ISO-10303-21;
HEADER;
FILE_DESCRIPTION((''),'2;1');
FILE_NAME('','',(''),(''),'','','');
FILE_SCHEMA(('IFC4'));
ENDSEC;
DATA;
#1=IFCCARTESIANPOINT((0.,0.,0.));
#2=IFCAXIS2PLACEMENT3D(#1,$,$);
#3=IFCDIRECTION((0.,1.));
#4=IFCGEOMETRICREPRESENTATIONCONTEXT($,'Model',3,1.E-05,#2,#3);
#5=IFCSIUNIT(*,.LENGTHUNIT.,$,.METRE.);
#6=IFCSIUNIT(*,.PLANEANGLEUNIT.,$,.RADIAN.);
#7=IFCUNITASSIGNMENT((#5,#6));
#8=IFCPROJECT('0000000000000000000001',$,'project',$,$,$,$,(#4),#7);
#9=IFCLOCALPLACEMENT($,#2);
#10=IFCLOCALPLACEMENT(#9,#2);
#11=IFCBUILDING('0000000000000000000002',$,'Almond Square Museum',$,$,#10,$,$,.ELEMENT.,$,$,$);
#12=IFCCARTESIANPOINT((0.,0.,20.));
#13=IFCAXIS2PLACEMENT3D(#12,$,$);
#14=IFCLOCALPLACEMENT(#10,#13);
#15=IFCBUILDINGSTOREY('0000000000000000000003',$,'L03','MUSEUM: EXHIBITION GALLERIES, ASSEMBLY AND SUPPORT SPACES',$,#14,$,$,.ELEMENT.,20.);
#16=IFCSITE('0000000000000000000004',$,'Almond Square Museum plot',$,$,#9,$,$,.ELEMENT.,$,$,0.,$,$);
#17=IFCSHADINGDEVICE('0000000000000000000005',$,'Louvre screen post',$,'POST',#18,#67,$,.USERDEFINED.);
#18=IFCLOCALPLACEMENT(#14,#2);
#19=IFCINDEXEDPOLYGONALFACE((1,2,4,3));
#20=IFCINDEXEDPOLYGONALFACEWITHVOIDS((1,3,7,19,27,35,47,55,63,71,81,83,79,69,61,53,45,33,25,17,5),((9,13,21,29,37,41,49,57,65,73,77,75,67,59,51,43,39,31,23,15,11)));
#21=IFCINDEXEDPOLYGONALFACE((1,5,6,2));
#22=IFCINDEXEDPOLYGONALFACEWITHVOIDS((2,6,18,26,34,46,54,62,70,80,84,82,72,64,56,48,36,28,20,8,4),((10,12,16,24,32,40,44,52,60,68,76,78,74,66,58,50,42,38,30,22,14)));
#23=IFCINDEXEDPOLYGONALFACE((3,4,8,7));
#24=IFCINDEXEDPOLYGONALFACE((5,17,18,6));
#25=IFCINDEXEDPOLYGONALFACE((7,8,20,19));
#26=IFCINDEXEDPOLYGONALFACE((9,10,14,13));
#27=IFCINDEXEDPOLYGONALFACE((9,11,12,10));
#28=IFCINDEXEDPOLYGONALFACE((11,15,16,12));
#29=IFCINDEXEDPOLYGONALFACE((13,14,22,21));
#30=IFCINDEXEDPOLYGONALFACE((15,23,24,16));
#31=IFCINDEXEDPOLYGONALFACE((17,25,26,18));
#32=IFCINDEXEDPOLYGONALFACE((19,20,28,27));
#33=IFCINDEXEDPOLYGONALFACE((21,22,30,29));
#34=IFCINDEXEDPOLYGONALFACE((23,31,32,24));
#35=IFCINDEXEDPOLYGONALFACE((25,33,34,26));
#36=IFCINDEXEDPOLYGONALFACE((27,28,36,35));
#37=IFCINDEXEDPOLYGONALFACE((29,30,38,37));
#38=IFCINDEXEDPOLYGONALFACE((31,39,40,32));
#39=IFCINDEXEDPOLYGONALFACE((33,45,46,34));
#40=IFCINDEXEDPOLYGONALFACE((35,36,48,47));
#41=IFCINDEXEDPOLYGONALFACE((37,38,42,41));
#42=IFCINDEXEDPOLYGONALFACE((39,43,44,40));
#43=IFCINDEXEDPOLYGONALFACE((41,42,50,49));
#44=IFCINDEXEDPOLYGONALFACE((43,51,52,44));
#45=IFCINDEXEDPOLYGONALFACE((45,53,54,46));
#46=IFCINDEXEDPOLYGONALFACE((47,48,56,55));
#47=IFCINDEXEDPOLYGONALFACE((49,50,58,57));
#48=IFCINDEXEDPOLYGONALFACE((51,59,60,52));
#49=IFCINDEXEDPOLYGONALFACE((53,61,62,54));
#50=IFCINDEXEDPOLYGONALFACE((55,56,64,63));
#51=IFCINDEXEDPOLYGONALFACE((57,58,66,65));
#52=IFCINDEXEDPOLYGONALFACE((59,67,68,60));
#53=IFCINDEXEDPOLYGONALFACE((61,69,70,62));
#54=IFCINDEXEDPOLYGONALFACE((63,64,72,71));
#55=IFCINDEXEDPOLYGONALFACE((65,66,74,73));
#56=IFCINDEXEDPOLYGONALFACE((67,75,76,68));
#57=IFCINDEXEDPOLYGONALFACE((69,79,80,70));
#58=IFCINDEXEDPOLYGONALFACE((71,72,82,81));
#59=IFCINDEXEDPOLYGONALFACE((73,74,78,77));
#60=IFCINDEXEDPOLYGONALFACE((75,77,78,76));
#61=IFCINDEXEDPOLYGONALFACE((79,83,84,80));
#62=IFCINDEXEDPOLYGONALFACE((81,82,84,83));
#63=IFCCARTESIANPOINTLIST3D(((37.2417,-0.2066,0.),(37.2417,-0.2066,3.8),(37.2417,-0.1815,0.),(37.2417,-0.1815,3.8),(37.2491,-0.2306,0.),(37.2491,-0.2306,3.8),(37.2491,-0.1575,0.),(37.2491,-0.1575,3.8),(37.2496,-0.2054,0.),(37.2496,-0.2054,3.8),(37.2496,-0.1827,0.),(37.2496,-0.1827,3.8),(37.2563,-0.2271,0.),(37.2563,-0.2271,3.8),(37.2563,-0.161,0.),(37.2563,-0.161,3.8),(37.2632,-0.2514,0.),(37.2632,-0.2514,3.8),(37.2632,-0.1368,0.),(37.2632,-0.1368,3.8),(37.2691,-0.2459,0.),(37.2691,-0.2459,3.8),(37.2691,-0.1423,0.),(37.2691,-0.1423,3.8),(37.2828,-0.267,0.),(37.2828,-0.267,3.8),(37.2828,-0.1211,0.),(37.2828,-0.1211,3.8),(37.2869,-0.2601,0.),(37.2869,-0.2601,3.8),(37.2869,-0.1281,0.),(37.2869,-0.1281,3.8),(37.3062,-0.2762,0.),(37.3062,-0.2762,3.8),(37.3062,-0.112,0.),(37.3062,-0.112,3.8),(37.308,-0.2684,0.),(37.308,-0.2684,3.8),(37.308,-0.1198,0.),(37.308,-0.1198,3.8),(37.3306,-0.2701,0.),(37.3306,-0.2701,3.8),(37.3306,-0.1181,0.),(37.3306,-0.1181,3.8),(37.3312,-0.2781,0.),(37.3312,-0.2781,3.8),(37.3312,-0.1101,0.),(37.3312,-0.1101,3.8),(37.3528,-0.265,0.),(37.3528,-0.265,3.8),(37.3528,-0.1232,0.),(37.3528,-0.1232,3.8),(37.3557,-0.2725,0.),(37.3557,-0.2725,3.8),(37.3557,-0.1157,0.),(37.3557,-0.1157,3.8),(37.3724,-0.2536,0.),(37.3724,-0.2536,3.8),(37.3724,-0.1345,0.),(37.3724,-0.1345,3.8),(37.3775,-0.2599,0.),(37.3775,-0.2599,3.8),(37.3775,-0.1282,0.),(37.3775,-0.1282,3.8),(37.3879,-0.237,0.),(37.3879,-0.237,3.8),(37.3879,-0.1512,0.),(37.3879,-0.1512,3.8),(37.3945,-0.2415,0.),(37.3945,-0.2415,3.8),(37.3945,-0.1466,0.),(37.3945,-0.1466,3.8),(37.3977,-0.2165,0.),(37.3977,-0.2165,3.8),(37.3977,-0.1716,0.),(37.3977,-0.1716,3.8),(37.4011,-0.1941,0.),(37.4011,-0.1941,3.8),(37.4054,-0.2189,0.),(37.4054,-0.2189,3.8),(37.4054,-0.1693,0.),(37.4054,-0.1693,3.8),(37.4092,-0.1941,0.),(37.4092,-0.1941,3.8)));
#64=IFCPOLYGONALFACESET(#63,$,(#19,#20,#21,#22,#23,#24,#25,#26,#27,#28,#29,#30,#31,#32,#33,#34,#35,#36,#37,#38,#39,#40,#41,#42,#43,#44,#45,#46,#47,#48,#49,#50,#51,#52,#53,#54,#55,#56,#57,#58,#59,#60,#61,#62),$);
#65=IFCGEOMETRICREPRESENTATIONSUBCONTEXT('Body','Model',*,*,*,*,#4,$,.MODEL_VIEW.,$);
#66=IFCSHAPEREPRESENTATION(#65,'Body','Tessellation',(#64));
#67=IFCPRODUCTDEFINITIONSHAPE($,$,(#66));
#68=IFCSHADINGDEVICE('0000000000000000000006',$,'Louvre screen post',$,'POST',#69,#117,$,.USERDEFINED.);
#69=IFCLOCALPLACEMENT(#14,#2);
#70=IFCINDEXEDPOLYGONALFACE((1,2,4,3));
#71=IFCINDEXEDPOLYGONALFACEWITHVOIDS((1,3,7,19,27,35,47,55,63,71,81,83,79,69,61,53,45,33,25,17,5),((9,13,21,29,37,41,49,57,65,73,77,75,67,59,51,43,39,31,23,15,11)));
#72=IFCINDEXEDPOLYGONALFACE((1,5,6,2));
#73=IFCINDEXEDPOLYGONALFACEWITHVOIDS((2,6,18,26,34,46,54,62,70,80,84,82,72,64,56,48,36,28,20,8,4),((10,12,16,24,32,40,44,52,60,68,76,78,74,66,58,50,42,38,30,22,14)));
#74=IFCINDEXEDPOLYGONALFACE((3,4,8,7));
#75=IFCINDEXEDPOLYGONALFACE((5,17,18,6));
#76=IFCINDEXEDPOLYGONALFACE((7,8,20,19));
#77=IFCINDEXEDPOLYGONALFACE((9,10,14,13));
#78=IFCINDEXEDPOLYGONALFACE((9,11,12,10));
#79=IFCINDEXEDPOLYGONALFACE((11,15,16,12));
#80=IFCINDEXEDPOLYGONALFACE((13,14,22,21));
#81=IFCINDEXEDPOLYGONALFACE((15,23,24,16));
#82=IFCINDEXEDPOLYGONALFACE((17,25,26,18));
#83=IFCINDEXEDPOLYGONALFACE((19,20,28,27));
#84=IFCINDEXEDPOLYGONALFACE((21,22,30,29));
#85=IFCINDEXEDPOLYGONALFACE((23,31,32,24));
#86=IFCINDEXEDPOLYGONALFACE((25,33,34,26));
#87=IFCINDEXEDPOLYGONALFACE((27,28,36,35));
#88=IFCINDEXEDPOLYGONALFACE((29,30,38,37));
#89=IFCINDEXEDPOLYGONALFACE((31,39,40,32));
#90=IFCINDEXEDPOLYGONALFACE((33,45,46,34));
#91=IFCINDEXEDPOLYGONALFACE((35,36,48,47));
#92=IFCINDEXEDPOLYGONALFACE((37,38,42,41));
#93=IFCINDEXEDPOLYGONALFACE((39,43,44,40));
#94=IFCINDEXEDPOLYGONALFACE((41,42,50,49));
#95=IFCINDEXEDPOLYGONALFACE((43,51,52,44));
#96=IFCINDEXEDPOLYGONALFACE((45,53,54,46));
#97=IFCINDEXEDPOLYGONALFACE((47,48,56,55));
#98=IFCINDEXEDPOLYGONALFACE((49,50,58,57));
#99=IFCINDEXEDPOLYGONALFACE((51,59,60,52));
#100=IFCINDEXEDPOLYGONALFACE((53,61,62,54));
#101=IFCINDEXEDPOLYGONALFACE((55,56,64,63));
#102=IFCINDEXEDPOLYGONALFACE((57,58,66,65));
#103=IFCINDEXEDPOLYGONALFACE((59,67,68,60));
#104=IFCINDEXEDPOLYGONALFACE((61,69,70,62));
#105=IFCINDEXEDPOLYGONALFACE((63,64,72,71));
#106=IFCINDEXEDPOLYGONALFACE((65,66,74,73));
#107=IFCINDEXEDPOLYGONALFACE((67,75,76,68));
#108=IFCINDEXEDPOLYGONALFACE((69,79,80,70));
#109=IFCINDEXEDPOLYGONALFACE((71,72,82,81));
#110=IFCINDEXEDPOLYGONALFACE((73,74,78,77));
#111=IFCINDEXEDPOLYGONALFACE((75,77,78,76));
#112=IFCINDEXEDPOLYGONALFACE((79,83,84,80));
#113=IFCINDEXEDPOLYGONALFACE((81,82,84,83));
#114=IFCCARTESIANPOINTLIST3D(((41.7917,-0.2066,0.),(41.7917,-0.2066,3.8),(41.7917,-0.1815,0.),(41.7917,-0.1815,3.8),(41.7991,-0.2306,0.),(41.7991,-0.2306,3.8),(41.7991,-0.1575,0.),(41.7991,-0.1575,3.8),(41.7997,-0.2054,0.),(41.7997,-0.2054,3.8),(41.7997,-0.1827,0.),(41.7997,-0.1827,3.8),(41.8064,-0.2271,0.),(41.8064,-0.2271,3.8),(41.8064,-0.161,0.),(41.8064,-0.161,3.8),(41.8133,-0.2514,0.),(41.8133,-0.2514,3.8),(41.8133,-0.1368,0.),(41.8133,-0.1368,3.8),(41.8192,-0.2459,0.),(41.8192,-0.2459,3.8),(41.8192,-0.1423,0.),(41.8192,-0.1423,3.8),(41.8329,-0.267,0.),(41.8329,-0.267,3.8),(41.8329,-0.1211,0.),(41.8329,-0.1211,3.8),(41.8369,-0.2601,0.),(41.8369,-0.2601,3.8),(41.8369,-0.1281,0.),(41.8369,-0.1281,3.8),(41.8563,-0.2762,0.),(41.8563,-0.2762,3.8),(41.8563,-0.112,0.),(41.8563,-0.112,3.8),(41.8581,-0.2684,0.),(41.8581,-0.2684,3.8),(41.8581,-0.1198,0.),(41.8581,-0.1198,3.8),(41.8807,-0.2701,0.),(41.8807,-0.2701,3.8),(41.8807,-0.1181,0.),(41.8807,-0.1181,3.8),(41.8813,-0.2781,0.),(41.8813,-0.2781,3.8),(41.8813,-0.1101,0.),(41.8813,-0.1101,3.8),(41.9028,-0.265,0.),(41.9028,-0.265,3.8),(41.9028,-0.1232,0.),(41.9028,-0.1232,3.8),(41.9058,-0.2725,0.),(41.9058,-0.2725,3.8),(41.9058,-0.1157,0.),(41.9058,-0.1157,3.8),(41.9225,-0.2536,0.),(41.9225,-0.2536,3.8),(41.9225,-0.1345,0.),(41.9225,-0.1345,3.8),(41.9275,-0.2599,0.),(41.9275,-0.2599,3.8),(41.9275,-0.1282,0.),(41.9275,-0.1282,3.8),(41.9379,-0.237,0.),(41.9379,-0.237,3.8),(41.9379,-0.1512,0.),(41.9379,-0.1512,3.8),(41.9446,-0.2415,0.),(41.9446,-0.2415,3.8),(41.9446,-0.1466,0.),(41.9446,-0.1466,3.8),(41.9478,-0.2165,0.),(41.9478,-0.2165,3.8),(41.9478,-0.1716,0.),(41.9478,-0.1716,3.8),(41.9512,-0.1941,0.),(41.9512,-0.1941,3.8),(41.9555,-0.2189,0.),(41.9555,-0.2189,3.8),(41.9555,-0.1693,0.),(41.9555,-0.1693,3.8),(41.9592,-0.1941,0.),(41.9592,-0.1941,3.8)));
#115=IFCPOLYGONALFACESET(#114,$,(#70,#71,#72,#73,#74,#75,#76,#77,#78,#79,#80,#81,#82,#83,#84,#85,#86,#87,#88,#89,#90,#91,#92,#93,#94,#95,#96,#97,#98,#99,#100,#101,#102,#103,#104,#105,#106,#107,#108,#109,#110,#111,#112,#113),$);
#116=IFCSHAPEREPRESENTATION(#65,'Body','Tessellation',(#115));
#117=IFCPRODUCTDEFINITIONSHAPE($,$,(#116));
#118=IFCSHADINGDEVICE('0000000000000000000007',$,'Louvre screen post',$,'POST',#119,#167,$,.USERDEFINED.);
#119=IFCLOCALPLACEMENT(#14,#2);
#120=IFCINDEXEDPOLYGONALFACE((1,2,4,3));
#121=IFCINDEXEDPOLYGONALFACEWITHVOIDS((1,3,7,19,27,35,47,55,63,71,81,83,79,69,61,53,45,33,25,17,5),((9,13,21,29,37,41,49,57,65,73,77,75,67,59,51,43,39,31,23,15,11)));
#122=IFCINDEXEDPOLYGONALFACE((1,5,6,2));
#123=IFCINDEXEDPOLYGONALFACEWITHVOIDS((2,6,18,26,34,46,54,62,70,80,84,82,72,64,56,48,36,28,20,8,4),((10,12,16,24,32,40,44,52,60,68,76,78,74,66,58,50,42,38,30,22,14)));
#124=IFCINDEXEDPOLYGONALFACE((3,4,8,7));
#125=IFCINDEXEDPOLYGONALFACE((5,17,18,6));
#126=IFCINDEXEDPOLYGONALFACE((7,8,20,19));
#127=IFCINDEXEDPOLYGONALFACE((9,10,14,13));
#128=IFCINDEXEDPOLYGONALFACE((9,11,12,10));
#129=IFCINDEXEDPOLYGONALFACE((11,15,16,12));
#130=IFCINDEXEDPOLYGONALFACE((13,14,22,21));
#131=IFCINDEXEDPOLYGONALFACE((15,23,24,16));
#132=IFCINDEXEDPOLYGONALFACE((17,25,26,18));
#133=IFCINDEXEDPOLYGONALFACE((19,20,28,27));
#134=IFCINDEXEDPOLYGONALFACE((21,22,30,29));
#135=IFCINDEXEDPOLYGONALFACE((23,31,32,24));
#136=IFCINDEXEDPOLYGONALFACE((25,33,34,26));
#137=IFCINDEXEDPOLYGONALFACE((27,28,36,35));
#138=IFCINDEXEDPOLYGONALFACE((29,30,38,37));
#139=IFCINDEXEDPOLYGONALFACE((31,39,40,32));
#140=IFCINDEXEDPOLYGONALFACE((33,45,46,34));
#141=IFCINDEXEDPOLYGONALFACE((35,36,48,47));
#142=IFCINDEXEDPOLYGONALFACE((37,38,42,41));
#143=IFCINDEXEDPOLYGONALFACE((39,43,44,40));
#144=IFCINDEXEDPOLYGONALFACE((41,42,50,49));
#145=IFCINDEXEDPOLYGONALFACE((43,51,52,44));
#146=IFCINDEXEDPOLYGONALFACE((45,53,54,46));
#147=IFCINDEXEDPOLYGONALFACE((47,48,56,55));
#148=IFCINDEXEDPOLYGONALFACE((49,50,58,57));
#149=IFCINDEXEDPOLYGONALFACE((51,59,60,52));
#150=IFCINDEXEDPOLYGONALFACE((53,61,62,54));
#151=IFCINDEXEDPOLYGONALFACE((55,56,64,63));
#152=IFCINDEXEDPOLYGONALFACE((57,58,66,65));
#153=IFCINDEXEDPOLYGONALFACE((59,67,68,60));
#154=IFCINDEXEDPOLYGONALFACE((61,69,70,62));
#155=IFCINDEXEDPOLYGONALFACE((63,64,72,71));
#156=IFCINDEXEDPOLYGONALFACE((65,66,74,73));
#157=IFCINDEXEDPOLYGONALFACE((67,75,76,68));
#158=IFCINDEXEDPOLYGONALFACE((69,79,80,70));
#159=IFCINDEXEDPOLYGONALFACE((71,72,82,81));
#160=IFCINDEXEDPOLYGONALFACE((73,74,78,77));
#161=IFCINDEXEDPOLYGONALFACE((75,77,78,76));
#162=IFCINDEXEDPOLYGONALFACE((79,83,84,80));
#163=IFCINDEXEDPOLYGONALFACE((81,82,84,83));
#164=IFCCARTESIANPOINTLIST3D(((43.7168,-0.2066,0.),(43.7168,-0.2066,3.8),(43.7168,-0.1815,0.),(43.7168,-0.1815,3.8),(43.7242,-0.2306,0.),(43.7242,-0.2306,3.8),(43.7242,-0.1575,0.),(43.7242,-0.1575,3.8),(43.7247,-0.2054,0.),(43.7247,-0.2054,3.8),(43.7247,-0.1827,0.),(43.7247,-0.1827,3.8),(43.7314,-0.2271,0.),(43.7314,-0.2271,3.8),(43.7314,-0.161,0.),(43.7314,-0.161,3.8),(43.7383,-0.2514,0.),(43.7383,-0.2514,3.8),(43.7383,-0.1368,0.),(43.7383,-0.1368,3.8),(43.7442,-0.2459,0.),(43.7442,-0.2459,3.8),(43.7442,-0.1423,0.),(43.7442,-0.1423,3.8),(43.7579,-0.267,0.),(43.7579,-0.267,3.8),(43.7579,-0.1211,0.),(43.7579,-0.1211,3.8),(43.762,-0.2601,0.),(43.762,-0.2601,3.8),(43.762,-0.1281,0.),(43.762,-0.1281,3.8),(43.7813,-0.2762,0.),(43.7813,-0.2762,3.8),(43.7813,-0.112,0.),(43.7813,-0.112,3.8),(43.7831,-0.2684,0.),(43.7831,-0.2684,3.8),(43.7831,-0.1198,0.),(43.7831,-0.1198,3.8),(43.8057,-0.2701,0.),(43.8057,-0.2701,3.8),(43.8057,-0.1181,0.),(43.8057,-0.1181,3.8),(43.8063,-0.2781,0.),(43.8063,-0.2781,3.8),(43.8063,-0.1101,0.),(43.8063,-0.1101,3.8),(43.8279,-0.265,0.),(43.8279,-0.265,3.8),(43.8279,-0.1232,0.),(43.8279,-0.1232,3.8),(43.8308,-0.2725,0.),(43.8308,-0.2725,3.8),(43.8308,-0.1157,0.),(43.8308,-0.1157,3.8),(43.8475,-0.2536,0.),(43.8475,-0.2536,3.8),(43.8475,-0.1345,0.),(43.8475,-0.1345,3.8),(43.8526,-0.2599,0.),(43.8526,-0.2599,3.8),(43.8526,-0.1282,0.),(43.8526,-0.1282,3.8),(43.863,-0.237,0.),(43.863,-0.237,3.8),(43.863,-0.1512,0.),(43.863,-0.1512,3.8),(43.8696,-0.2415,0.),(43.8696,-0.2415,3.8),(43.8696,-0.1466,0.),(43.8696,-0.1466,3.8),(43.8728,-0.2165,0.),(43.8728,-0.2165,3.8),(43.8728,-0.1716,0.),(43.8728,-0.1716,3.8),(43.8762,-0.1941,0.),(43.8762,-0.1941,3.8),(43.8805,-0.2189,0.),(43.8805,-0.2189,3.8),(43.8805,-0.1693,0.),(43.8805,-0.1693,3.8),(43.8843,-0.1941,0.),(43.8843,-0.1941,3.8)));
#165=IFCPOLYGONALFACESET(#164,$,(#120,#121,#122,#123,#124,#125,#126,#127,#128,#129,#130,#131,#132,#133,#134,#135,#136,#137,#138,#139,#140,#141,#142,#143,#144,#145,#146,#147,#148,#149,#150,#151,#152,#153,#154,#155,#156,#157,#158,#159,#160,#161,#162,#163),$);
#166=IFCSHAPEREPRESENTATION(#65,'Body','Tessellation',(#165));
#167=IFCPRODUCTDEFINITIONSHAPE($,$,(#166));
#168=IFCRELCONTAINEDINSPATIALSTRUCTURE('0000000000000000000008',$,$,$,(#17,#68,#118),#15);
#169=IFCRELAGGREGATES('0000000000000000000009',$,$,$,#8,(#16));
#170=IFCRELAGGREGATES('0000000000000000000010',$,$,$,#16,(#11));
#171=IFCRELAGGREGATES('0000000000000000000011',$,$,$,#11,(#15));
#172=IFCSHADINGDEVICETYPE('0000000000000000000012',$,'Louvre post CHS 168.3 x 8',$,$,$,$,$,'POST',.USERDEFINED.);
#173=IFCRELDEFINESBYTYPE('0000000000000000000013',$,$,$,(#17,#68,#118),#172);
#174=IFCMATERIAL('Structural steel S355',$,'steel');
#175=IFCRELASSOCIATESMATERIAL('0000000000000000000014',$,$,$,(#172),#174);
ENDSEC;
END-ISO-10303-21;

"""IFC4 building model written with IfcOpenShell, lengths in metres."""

from ifc_helpers import new_model, si_unit, direction, frame, origin, origin_2d, place, context, subcontext, project, spatial, hollow_circle, extrude, material, material_profile, profile_set, type_object, element, save


model = new_model("IFC4")

# Units and contexts
model_context = context("Model", 3, precision=1e-05, world=origin(), true_north=direction((0.0, 1.0)))
body_context = subcontext(model_context, "Body", "Model", "MODEL_VIEW")
ifc_project = project(units=[si_unit("LENGTHUNIT", "METRE"), si_unit("PLANEANGLEUNIT", "RADIAN")], contexts=[model_context])

# Site, building, storey
site_placement = place(None, origin())
site = spatial("IfcSite", under=ifc_project, at=site_placement, Name="Almond Square Museum plot", CompositionType="ELEMENT", RefElevation=0.0)
building_placement = place(site_placement, origin())
building = spatial("IfcBuilding", under=site, at=building_placement, Name="Almond Square Museum", CompositionType="ELEMENT")
storey_placement = place(building_placement, frame((0.0, 0.0, 20.0)))
storey = spatial("IfcBuildingStorey", under=building, at=storey_placement, Name="L03", Description="MUSEUM: EXHIBITION GALLERIES, ASSEMBLY AND SUPPORT SPACES", CompositionType="ELEMENT", Elevation=20.0)

# Shading devices
ifc_material_1 = material(Name="Structural steel S355", Category="steel")
ifc_material_profile_1 = material_profile(ifc_material_1, hollow_circle(Radius=0.0842, WallThickness=0.0081, at=origin_2d()))
ifc_profile_set_1 = profile_set([ifc_material_profile_1], Name="Structural steel S355")
shading_device_type = type_object("IfcShadingDeviceType", Name="Louvre post CHS 168.3 x 8", ElementType="POST", PredefinedType="USERDEFINED", material=ifc_profile_set_1)
for number, where, z_axis, x_axis, name in (
    (1, (37.325, -0.1941, 0.0), (0.0, 0.0, 1.0), (1.0, 0.0, 0.0), "Louvre screen post"),
    (2, (41.875, -0.1941, 0.0), (0.0, 0.0, 1.0), (1.0, 0.0, 0.0), "Louvre screen post"),
    (3, (43.8, -0.1941, 0.0), (0.0, 0.0, 1.0), (1.0, 0.0, 0.0), "Louvre screen post"),
):
    element("IfcShadingDevice", number, at=place(storey_placement, frame(where, z_axis=z_axis, x_axis=x_axis)), inside=storey, type_object=shading_device_type, Name=name, ObjectType="POST", PredefinedType="USERDEFINED", context=body_context, shape_type="SweptSolid", body=[
        extrude(hollow_circle(Radius=0.0842, WallThickness=0.0081, at=origin_2d()), origin(), (0.0, 0.0, 1.0), 3.8),
    ])

save(model, "model.ifc")
